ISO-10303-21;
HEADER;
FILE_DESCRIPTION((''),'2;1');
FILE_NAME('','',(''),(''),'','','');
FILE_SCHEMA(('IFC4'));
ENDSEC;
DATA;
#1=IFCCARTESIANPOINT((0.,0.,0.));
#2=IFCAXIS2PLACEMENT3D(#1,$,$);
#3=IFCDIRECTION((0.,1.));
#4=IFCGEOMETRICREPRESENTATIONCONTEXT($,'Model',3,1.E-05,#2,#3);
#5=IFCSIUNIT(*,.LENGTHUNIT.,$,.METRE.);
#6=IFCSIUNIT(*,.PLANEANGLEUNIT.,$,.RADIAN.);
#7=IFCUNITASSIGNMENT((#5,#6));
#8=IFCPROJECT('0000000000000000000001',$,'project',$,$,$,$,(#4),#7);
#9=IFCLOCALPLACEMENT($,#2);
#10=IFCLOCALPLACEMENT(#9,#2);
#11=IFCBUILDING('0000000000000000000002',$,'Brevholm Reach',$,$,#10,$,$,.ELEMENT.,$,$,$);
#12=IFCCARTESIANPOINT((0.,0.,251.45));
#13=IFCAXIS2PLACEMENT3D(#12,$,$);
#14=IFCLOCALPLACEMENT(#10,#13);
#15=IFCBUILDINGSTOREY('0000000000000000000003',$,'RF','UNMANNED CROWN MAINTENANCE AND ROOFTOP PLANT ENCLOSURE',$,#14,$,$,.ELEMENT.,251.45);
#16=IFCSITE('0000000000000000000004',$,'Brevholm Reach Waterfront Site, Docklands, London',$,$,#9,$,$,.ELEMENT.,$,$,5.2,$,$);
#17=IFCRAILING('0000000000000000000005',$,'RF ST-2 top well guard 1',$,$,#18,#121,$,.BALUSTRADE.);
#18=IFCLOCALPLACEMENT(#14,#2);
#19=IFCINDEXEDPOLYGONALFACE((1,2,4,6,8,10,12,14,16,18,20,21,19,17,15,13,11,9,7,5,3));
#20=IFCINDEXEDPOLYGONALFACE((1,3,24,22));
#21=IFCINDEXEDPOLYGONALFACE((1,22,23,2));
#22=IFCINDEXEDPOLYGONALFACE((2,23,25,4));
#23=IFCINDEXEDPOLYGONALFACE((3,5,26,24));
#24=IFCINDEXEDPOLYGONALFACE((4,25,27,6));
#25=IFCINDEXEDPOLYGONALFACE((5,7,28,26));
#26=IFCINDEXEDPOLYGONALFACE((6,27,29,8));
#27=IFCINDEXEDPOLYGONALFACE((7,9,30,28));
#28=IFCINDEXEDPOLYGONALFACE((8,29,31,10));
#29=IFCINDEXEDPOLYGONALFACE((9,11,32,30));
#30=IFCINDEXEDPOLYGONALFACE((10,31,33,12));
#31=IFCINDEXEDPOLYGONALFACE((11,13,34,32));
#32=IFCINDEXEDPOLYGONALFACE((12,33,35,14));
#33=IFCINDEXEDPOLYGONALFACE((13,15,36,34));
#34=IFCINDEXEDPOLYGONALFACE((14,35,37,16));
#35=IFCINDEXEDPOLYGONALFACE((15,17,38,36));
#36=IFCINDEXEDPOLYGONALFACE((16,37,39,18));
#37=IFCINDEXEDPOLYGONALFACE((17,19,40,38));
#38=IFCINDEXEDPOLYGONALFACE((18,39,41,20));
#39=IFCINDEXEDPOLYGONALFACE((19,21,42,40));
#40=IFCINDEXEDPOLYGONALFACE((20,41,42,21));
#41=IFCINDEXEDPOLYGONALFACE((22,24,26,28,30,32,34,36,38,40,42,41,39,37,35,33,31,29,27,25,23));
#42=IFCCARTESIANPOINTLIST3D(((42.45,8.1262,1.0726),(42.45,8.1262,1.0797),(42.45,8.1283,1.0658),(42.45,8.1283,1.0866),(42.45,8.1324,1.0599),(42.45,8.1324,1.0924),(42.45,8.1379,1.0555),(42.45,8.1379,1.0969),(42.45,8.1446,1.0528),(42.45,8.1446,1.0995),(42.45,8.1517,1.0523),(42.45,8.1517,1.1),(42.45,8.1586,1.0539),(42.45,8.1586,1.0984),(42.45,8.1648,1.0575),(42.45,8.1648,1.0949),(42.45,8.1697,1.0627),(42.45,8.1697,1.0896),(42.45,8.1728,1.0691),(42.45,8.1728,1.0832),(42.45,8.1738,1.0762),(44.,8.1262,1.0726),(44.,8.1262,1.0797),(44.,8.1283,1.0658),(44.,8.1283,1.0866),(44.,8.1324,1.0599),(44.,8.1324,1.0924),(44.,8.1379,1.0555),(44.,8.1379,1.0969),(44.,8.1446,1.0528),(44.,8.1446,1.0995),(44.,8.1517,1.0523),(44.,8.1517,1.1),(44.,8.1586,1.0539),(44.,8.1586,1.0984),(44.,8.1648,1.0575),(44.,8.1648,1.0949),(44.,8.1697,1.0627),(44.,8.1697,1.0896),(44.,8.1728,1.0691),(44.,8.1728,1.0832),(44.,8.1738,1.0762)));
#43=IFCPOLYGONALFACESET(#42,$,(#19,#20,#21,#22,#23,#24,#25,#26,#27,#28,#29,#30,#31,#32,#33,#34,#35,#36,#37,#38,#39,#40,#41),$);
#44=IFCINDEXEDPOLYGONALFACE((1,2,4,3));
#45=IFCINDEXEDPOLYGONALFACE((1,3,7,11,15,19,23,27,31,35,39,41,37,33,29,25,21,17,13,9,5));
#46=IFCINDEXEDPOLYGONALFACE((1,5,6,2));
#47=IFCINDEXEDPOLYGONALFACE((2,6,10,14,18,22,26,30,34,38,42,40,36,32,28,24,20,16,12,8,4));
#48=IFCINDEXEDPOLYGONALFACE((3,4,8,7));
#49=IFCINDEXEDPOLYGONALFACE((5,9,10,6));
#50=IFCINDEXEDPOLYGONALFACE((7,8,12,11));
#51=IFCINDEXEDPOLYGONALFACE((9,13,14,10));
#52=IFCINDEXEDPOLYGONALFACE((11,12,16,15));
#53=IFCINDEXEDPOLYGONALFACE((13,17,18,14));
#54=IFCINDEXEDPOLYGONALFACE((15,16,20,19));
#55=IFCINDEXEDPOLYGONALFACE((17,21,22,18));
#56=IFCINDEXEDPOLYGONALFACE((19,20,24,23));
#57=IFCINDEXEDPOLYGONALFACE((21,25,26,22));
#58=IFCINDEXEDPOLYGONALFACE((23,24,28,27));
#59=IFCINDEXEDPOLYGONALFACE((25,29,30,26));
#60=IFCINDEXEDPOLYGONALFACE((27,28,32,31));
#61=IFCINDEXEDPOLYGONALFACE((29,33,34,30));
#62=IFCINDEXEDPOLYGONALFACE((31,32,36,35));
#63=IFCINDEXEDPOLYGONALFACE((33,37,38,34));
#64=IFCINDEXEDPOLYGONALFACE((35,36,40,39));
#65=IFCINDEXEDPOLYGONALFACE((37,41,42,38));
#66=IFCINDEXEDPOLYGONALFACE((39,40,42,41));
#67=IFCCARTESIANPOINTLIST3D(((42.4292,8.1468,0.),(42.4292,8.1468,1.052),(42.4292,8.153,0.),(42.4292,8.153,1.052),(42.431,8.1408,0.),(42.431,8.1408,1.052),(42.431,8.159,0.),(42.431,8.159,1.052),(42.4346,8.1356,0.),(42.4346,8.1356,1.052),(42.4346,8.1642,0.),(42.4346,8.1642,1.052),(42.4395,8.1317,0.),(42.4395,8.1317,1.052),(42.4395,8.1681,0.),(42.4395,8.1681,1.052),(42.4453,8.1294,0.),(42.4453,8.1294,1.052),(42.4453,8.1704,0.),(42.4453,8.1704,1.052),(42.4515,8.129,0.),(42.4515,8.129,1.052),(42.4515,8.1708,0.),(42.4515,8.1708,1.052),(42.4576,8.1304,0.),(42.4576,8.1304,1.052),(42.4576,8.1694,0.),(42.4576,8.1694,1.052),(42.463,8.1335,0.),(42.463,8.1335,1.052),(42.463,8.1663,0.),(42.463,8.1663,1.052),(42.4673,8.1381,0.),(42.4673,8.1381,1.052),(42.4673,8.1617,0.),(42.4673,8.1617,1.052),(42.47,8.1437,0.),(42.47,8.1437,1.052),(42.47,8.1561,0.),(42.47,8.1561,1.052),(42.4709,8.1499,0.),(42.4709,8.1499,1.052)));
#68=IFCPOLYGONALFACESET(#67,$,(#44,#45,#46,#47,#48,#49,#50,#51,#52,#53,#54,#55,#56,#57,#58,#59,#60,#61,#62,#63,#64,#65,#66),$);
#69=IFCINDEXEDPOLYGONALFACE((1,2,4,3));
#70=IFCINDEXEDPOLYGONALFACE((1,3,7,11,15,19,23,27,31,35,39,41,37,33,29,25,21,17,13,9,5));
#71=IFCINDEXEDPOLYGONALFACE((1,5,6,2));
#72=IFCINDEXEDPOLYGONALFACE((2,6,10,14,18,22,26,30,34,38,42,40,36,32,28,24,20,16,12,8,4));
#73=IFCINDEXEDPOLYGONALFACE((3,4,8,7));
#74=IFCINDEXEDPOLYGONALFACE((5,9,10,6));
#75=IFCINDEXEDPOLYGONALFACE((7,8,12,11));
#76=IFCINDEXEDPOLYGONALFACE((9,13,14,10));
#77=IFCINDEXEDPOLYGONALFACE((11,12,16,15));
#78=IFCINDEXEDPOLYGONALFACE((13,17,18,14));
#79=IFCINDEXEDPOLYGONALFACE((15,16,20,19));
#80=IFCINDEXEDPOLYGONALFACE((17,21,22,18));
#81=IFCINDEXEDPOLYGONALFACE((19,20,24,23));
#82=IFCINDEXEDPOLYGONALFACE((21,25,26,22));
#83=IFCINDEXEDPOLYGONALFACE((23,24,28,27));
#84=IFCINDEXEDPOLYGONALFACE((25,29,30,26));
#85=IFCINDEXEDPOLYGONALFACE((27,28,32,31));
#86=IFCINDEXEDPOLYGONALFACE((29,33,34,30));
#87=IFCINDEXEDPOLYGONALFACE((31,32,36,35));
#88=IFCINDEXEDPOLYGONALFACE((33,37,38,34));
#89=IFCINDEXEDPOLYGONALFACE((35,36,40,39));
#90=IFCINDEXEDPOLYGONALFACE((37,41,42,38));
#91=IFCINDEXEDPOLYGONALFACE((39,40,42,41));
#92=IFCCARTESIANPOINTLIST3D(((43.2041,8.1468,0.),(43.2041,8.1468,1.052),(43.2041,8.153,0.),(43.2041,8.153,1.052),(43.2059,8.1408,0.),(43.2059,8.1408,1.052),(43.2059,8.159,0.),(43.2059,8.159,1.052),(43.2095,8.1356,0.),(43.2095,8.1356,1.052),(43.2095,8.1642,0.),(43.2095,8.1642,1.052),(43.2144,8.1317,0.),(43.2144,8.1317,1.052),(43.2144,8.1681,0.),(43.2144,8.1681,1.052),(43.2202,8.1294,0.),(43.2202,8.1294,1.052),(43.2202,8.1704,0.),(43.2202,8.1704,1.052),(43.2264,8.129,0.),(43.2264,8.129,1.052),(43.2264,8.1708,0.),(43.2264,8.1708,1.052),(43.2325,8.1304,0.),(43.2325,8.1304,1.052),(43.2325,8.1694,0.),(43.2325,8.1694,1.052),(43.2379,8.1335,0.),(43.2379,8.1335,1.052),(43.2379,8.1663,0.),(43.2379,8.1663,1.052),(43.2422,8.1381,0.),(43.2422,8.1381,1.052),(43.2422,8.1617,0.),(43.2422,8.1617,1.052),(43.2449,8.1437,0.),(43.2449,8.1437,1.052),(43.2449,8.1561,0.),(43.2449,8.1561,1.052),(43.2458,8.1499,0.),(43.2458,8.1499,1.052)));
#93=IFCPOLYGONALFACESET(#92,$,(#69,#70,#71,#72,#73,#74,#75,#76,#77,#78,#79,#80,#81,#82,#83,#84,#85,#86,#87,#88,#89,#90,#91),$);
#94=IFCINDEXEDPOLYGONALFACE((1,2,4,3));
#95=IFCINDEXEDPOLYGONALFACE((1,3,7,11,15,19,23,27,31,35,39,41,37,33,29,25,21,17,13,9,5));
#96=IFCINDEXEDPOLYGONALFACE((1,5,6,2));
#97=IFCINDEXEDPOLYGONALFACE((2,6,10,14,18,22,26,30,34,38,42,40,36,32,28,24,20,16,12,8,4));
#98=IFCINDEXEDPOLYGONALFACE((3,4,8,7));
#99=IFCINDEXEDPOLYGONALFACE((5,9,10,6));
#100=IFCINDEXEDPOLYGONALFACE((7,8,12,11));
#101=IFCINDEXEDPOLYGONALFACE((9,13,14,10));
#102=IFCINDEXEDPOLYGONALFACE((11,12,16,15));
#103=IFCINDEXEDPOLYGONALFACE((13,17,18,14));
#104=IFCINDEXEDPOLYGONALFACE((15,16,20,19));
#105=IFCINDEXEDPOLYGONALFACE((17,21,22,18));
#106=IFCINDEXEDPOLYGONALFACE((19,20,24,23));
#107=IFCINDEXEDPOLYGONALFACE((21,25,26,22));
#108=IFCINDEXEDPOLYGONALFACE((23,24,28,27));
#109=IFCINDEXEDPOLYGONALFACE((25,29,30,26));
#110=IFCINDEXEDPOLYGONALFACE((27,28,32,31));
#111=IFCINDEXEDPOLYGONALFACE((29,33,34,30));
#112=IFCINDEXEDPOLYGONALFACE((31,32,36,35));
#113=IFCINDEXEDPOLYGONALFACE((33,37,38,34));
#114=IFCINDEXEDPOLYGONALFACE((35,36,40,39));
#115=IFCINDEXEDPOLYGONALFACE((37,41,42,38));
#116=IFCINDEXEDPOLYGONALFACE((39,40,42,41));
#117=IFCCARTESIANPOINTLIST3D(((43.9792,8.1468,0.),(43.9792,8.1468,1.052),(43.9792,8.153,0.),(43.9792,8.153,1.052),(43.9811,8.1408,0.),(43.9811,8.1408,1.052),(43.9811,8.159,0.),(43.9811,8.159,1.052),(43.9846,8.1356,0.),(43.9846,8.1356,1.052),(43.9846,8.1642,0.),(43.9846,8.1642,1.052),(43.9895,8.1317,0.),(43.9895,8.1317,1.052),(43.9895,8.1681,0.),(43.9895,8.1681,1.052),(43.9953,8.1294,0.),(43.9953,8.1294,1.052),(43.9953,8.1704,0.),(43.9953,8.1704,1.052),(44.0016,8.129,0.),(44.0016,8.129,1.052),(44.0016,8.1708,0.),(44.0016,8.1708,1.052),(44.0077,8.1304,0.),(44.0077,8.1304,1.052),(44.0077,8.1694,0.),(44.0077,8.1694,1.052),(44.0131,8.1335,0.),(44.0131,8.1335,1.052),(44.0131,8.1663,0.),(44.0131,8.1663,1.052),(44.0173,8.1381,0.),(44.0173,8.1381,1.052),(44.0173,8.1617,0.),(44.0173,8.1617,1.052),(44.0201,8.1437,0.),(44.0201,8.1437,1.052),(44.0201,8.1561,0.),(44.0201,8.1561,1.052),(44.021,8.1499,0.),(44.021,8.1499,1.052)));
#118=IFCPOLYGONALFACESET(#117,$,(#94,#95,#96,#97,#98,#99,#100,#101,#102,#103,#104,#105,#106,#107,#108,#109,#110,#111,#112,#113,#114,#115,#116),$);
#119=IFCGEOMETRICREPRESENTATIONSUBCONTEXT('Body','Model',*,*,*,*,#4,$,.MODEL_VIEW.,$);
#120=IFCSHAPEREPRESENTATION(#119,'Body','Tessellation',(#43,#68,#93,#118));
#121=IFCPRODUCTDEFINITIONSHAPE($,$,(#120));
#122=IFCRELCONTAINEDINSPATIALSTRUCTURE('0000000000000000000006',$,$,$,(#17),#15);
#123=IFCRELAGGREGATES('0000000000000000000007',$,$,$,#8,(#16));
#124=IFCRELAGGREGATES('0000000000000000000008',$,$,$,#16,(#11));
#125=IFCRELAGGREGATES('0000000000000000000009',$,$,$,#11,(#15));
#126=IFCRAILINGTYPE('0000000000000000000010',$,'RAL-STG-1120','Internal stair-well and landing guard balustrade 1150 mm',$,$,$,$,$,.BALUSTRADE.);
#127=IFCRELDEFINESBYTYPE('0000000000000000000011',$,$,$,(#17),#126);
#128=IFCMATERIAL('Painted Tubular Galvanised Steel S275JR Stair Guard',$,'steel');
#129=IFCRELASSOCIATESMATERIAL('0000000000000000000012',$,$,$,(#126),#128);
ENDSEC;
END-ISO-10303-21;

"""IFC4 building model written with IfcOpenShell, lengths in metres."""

from ifc_helpers import new_model, si_unit, direction, frame, origin, origin_2d, place, context, subcontext, project, spatial, circle, extrude, material, type_object, element, save


model = new_model("IFC4")

# Units and contexts
model_context = context("Model", 3, precision=1e-05, world=origin(), true_north=direction((0.0, 1.0)))
body_context = subcontext(model_context, "Body", "Model", "MODEL_VIEW")
ifc_project = project(units=[si_unit("LENGTHUNIT", "METRE"), si_unit("PLANEANGLEUNIT", "RADIAN")], contexts=[model_context])

# Site, building, storey
site_placement = place(None, origin())
site = spatial("IfcSite", under=ifc_project, at=site_placement, Name="Brevholm Reach Waterfront Site, Docklands, London", CompositionType="ELEMENT", RefElevation=5.2)
building_placement = place(site_placement, origin())
building = spatial("IfcBuilding", under=site, at=building_placement, Name="Brevholm Reach", CompositionType="ELEMENT")
storey_placement = place(building_placement, frame((0.0, 0.0, 251.45)))
storey = spatial("IfcBuildingStorey", under=building, at=storey_placement, Name="RF", Description="UNMANNED CROWN MAINTENANCE AND ROOFTOP PLANT ENCLOSURE", CompositionType="ELEMENT", Elevation=251.45)

# Railing
ifc_material_1 = material(Name="Painted Tubular Galvanised Steel S275JR Stair Guard", Category="steel")
railing_type = type_object("IfcRailingType", Name="RAL-STG-1120", Description="Internal stair-well and landing guard balustrade 1150 mm", PredefinedType="BALUSTRADE", material=ifc_material_1)
railing_placement = place(storey_placement, frame((42.45, 8.1499, 0.0)))
element("IfcRailing", 1, at=railing_placement, inside=storey, type_object=railing_type, Name="RF ST-2 top well guard 1", PredefinedType="BALUSTRADE", context=body_context, shape_type="SweptSolid", body=[
    extrude(circle(Radius=0.0239, at=origin_2d()), frame((0.0, 0.0, 1.0762), z_axis=(1.0, 0.0, 0.0), x_axis=(0.0, 1.0, 0.0)), (0.0, 0.0, 1.0), 1.55),
    extrude(circle(Radius=0.021, at=origin_2d()), origin(), (0.0, 0.0, 1.0), 1.052),
    extrude(circle(Radius=0.021, at=origin_2d()), frame((0.7749, 0.0, 0.0)), (0.0, 0.0, 1.0), 1.052),
    extrude(circle(Radius=0.021, at=origin_2d()), frame((1.55, 0.0, 0.0)), (0.0, 0.0, 1.0), 1.052),
])

save(model, "model.ifc")
